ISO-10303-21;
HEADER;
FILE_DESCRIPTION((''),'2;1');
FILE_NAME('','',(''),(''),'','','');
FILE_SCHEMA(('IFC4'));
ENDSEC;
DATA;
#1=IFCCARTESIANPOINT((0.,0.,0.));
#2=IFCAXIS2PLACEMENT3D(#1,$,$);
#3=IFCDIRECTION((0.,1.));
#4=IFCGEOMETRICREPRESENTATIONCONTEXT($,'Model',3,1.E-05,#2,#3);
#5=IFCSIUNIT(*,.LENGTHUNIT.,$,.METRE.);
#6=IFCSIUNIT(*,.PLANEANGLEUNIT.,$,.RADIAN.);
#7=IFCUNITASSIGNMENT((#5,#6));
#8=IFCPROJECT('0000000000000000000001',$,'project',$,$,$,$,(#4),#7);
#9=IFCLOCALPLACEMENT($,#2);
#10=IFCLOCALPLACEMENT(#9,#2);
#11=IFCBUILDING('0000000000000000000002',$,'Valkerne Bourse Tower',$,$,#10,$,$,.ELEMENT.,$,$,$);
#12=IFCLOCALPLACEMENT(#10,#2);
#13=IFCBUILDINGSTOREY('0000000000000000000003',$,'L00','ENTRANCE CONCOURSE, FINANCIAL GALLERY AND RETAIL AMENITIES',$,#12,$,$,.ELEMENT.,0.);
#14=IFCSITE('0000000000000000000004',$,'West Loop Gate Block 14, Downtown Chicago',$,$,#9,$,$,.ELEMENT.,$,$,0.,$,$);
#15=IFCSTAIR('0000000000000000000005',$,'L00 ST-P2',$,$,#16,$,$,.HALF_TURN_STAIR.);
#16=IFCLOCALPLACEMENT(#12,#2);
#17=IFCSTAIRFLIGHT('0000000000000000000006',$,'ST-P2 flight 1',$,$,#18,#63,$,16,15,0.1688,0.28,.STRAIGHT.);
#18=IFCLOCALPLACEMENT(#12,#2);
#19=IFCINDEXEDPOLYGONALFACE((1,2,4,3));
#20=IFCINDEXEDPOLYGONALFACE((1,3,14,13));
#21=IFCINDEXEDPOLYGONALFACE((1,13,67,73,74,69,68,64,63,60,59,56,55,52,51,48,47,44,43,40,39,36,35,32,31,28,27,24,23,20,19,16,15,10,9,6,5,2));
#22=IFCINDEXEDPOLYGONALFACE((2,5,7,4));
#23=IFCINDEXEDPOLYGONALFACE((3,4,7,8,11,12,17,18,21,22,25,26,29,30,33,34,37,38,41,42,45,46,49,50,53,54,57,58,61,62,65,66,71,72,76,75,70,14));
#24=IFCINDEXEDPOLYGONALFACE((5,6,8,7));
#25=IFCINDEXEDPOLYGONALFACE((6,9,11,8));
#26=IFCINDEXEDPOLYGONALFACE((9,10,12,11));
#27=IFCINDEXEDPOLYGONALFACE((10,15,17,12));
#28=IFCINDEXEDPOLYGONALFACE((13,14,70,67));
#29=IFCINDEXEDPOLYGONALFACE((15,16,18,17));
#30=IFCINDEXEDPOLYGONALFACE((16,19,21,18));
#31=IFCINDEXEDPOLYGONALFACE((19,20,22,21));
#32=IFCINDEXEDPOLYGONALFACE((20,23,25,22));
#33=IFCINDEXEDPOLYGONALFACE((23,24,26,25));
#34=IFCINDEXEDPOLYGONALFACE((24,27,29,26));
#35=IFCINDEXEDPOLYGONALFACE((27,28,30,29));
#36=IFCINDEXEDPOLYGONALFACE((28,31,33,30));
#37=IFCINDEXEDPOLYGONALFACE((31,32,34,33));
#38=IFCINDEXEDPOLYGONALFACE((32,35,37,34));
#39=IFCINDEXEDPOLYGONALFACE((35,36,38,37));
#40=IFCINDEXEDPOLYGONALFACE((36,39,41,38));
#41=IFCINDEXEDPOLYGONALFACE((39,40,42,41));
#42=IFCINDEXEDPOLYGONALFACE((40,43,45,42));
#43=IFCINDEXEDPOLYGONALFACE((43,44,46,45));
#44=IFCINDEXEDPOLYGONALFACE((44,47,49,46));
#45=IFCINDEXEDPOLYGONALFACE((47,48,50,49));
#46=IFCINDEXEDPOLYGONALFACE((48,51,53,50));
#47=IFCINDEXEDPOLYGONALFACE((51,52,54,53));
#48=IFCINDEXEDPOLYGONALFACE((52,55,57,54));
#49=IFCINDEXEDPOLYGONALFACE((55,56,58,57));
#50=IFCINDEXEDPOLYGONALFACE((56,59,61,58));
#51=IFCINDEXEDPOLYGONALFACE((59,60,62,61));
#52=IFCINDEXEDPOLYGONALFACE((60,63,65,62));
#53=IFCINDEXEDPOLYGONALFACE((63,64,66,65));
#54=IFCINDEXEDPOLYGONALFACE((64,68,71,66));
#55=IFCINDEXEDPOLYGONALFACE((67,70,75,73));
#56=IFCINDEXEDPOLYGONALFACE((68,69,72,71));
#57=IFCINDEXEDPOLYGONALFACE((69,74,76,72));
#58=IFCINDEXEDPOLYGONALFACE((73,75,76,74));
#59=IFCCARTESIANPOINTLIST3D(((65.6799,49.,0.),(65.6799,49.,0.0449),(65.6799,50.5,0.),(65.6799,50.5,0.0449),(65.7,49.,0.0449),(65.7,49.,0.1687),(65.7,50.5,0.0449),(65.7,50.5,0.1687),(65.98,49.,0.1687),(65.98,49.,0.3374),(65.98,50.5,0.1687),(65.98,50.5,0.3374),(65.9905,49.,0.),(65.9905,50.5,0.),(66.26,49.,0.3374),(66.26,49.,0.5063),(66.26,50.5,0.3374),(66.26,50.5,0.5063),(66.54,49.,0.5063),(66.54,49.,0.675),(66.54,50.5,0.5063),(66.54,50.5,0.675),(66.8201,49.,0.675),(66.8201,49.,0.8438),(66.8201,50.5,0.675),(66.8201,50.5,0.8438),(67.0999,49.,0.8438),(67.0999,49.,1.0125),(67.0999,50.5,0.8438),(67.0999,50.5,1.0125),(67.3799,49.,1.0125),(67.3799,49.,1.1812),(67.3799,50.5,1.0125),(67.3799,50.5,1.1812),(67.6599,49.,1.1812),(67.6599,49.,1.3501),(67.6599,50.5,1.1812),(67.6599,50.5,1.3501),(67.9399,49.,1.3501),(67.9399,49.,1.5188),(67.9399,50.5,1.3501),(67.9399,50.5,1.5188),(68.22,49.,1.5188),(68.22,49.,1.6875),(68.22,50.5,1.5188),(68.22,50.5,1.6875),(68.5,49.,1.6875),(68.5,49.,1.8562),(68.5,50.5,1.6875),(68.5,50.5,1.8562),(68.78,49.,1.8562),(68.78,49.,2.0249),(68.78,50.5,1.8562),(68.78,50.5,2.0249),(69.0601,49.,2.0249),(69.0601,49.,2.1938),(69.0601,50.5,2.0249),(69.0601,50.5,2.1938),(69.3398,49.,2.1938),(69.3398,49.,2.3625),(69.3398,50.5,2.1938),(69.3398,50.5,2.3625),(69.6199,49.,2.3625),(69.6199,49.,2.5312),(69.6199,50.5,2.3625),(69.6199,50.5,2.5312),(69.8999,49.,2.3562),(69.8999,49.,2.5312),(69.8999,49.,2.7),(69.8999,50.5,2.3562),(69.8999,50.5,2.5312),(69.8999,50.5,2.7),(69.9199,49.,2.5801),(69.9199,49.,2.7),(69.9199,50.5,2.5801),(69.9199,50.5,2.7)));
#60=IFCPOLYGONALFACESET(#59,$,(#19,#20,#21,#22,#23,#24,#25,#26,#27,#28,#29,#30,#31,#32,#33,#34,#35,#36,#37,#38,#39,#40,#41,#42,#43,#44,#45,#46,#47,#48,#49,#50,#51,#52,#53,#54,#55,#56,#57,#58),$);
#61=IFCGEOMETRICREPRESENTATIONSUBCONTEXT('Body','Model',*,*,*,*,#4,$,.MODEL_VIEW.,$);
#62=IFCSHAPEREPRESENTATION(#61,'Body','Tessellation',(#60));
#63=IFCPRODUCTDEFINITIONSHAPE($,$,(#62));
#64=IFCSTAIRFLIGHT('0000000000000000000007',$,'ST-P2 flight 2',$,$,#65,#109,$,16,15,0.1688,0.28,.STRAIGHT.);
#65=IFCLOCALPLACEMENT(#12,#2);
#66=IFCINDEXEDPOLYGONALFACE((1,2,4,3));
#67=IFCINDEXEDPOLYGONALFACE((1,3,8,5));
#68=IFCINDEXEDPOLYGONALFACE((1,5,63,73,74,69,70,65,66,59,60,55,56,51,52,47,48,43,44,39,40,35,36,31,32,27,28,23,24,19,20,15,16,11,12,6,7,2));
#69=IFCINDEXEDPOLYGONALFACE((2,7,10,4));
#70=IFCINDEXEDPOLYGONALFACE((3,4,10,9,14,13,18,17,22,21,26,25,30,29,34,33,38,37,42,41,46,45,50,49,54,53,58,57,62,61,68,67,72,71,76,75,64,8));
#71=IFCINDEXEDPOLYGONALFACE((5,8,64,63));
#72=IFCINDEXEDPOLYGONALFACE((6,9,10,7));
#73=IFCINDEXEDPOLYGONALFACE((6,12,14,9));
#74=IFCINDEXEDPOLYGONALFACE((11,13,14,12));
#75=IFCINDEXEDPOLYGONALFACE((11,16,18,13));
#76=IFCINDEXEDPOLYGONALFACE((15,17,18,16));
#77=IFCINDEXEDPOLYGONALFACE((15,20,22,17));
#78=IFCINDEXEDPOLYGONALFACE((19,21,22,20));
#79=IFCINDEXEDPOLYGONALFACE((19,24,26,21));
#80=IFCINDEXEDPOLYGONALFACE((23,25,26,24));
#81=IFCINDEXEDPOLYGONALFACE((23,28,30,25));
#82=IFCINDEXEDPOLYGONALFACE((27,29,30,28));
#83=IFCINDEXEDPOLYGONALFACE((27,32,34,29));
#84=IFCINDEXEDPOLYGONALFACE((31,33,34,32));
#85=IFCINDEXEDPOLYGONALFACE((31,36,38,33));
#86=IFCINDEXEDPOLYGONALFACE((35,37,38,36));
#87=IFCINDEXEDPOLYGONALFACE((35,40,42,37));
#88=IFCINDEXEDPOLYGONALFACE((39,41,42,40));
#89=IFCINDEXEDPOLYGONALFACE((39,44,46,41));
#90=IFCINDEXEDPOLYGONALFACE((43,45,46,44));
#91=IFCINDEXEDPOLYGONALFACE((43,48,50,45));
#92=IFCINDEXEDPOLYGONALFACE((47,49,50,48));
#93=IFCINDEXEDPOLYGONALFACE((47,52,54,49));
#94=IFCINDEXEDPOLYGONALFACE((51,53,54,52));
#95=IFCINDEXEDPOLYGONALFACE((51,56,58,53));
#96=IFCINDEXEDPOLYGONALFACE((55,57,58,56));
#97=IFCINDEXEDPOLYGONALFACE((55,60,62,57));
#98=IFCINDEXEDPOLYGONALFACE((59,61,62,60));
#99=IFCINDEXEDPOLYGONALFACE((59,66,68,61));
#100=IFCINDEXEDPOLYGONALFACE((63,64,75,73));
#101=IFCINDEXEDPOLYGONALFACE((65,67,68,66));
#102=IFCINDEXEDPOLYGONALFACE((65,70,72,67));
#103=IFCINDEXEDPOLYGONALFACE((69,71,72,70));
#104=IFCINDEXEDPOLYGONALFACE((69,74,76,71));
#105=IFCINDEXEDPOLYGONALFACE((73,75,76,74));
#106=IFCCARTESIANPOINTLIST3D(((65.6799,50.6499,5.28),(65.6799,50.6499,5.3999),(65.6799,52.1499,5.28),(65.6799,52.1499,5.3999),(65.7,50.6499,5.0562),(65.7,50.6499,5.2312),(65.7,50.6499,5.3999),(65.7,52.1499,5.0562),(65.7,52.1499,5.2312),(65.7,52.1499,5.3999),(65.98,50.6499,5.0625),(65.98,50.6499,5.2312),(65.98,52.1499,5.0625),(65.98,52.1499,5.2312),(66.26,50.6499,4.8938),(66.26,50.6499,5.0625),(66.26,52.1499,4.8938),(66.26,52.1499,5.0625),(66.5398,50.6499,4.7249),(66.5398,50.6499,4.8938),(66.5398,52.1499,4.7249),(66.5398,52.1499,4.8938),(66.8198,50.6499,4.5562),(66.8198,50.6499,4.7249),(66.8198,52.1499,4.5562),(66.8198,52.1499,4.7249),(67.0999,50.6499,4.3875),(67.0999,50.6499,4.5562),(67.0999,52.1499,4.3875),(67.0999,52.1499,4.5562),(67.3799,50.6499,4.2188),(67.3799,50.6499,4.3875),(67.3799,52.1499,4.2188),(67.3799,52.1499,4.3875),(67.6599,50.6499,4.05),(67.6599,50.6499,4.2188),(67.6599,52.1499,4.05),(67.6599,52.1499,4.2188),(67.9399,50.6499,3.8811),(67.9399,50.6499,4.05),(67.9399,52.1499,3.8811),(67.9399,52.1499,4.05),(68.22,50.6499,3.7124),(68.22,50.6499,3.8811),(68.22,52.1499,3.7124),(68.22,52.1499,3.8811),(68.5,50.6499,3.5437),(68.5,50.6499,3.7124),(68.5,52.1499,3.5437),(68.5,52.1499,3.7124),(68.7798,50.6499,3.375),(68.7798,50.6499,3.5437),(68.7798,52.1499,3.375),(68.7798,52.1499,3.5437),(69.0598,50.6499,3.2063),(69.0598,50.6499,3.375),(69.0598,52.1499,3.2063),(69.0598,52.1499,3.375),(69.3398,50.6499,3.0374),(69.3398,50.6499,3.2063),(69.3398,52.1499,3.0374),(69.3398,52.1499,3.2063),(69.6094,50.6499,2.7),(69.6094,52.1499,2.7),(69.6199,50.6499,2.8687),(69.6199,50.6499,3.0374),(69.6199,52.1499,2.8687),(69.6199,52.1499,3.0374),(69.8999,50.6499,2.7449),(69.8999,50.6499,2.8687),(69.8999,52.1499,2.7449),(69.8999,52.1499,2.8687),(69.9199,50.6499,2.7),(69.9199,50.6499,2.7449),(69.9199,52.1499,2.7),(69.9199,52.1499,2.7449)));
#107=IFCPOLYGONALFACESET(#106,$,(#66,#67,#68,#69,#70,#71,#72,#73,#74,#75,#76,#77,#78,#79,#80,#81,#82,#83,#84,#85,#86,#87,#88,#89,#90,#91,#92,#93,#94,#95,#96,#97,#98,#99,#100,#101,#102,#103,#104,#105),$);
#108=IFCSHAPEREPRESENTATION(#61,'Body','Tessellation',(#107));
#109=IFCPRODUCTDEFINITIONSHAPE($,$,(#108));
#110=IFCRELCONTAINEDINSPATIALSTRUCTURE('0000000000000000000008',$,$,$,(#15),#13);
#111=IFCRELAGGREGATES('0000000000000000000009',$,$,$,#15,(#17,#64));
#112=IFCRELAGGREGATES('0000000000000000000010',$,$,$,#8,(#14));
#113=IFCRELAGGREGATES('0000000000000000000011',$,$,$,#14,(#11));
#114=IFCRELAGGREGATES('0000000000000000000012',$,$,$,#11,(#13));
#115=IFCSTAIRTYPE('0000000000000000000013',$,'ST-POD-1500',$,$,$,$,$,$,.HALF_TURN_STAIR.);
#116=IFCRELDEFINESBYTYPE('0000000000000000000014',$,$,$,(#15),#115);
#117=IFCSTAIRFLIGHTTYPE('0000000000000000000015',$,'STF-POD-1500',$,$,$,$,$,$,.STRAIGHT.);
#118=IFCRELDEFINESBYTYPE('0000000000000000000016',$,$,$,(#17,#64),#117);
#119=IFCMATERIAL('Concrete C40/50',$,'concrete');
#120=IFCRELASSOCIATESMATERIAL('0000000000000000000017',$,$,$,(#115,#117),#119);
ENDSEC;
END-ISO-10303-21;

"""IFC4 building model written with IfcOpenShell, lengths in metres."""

from ifc_helpers import new_model, si_unit, direction, frame, origin, place, context, subcontext, project, spatial, polyline, outline, extrude, material, type_object, element, aggregate, save


model = new_model("IFC4")

# Units and contexts
model_context = context("Model", 3, precision=1e-05, world=origin(), true_north=direction((0.0, 1.0)))
body_context = subcontext(model_context, "Body", "Model", "MODEL_VIEW")
ifc_project = project(units=[si_unit("LENGTHUNIT", "METRE"), si_unit("PLANEANGLEUNIT", "RADIAN")], contexts=[model_context])

# Site, building, storey
site_placement = place(None, origin())
site = spatial("IfcSite", under=ifc_project, at=site_placement, Name="West Loop Gate Block 14, Downtown Chicago", CompositionType="ELEMENT", RefElevation=0.0)
building_placement = place(site_placement, origin())
building = spatial("IfcBuilding", under=site, at=building_placement, Name="Valkerne Bourse Tower", CompositionType="ELEMENT")
storey_placement = place(building_placement, origin())
storey = spatial("IfcBuildingStorey", under=building, at=storey_placement, Name="L00", Description="ENTRANCE CONCOURSE, FINANCIAL GALLERY AND RETAIL AMENITIES", CompositionType="ELEMENT", Elevation=0.0)

# Shared definitions
ifc_material_1 = material(Name="Concrete C40/50", Category="concrete")

# Stair, stair flights
stair_type = type_object("IfcStairType", Name="ST-POD-1500", PredefinedType="HALF_TURN_STAIR", material=ifc_material_1)
stair_placement = place(storey_placement, origin())
stair = element("IfcStair", 1, at=stair_placement, inside=storey, type_object=stair_type, Name="L00 ST-P2", PredefinedType="HALF_TURN_STAIR")
stair_flight_type = type_object("IfcStairFlightType", Name="STF-POD-1500", PredefinedType="STRAIGHT", material=ifc_material_1)
stair_flight_1_placement = place(storey_placement, frame((65.7, 49.75, 0.0), z_axis=(0.0, 0.0, 1.0), x_axis=(1.0, 0.0, 0.0)))
stair_flight_1 = element("IfcStairFlight", 2, at=stair_flight_1_placement, type_object=stair_flight_type, Name="ST-P2 flight 1", NumberOfRisers=16, NumberOfTreads=15, PredefinedType="STRAIGHT", RiserHeight=0.1688, TreadLength=0.28, context=body_context, shape_type="SweptSolid", body=[
    extrude(outline(polyline([(-0.02, 0.0), (-0.02, 0.0449), (0.0, 0.0449), (0.0, 0.1687), (0.28, 0.1687), (0.28, 0.3374), (0.5601, 0.3374), (0.5601, 0.5063), (0.8401, 0.5063), (0.8401, 0.675), (1.1201, 0.675), (1.1201, 0.8438), (1.3999, 0.8438), (1.3999, 1.0125), (1.6799, 1.0125), (1.6799, 1.1812), (1.96, 1.1812), (1.96, 1.3501), (2.24, 1.3501), (2.24, 1.5188), (2.52, 1.5188), (2.52, 1.6875), (2.8, 1.6875), (2.8, 1.8562), (3.0801, 1.8562), (3.0801, 2.0249), (3.3601, 2.0249), (3.3601, 2.1938), (3.6399, 2.1938), (3.6399, 2.3625), (3.9199, 2.3625), (3.9199, 2.5312), (4.2, 2.5312), (4.2, 2.7), (4.22, 2.7), (4.22, 2.5801), (4.2, 2.3562), (0.2905, 0.0), (-0.02, 0.0)])), frame((0.0, 0.75, 0.0), z_axis=(0.0, -1.0, 0.0), x_axis=(1.0, 0.0, 0.0)), (0.0, 0.0, 1.0), 1.5),
])
stair_flight_2_placement = place(storey_placement, frame((69.8999, 51.3999, 2.7), z_axis=(0.0, 0.0, 1.0), x_axis=(-1.0, 0.0, 0.0)))
stair_flight_2 = element("IfcStairFlight", 3, at=stair_flight_2_placement, type_object=stair_flight_type, Name="ST-P2 flight 2", NumberOfRisers=16, NumberOfTreads=15, PredefinedType="STRAIGHT", RiserHeight=0.1688, TreadLength=0.28, context=body_context, shape_type="SweptSolid", body=[
    extrude(outline(polyline([(-0.02, 0.0), (-0.02, 0.0449), (0.0, 0.0449), (0.0, 0.1687), (0.28, 0.1687), (0.28, 0.3374), (0.5601, 0.3374), (0.5601, 0.5063), (0.8401, 0.5063), (0.8401, 0.675), (1.1201, 0.675), (1.1201, 0.8438), (1.3999, 0.8438), (1.3999, 1.0125), (1.6799, 1.0125), (1.6799, 1.1812), (1.96, 1.1812), (1.96, 1.3501), (2.24, 1.3501), (2.24, 1.5188), (2.52, 1.5188), (2.52, 1.6875), (2.8, 1.6875), (2.8, 1.8562), (3.0801, 1.8562), (3.0801, 2.0249), (3.3601, 2.0249), (3.3601, 2.1938), (3.6399, 2.1938), (3.6399, 2.3625), (3.9199, 2.3625), (3.9199, 2.5312), (4.2, 2.5312), (4.2, 2.7), (4.22, 2.7), (4.22, 2.5801), (4.2, 2.3562), (0.2905, 0.0), (-0.02, 0.0)])), frame((0.0, 0.75, 0.0), z_axis=(0.0, -1.0, 0.0), x_axis=(1.0, 0.0, 0.0)), (0.0, 0.0, 1.0), 1.5),
])
aggregate(stair, [stair_flight_1, stair_flight_2])

save(model, "model.ifc")
